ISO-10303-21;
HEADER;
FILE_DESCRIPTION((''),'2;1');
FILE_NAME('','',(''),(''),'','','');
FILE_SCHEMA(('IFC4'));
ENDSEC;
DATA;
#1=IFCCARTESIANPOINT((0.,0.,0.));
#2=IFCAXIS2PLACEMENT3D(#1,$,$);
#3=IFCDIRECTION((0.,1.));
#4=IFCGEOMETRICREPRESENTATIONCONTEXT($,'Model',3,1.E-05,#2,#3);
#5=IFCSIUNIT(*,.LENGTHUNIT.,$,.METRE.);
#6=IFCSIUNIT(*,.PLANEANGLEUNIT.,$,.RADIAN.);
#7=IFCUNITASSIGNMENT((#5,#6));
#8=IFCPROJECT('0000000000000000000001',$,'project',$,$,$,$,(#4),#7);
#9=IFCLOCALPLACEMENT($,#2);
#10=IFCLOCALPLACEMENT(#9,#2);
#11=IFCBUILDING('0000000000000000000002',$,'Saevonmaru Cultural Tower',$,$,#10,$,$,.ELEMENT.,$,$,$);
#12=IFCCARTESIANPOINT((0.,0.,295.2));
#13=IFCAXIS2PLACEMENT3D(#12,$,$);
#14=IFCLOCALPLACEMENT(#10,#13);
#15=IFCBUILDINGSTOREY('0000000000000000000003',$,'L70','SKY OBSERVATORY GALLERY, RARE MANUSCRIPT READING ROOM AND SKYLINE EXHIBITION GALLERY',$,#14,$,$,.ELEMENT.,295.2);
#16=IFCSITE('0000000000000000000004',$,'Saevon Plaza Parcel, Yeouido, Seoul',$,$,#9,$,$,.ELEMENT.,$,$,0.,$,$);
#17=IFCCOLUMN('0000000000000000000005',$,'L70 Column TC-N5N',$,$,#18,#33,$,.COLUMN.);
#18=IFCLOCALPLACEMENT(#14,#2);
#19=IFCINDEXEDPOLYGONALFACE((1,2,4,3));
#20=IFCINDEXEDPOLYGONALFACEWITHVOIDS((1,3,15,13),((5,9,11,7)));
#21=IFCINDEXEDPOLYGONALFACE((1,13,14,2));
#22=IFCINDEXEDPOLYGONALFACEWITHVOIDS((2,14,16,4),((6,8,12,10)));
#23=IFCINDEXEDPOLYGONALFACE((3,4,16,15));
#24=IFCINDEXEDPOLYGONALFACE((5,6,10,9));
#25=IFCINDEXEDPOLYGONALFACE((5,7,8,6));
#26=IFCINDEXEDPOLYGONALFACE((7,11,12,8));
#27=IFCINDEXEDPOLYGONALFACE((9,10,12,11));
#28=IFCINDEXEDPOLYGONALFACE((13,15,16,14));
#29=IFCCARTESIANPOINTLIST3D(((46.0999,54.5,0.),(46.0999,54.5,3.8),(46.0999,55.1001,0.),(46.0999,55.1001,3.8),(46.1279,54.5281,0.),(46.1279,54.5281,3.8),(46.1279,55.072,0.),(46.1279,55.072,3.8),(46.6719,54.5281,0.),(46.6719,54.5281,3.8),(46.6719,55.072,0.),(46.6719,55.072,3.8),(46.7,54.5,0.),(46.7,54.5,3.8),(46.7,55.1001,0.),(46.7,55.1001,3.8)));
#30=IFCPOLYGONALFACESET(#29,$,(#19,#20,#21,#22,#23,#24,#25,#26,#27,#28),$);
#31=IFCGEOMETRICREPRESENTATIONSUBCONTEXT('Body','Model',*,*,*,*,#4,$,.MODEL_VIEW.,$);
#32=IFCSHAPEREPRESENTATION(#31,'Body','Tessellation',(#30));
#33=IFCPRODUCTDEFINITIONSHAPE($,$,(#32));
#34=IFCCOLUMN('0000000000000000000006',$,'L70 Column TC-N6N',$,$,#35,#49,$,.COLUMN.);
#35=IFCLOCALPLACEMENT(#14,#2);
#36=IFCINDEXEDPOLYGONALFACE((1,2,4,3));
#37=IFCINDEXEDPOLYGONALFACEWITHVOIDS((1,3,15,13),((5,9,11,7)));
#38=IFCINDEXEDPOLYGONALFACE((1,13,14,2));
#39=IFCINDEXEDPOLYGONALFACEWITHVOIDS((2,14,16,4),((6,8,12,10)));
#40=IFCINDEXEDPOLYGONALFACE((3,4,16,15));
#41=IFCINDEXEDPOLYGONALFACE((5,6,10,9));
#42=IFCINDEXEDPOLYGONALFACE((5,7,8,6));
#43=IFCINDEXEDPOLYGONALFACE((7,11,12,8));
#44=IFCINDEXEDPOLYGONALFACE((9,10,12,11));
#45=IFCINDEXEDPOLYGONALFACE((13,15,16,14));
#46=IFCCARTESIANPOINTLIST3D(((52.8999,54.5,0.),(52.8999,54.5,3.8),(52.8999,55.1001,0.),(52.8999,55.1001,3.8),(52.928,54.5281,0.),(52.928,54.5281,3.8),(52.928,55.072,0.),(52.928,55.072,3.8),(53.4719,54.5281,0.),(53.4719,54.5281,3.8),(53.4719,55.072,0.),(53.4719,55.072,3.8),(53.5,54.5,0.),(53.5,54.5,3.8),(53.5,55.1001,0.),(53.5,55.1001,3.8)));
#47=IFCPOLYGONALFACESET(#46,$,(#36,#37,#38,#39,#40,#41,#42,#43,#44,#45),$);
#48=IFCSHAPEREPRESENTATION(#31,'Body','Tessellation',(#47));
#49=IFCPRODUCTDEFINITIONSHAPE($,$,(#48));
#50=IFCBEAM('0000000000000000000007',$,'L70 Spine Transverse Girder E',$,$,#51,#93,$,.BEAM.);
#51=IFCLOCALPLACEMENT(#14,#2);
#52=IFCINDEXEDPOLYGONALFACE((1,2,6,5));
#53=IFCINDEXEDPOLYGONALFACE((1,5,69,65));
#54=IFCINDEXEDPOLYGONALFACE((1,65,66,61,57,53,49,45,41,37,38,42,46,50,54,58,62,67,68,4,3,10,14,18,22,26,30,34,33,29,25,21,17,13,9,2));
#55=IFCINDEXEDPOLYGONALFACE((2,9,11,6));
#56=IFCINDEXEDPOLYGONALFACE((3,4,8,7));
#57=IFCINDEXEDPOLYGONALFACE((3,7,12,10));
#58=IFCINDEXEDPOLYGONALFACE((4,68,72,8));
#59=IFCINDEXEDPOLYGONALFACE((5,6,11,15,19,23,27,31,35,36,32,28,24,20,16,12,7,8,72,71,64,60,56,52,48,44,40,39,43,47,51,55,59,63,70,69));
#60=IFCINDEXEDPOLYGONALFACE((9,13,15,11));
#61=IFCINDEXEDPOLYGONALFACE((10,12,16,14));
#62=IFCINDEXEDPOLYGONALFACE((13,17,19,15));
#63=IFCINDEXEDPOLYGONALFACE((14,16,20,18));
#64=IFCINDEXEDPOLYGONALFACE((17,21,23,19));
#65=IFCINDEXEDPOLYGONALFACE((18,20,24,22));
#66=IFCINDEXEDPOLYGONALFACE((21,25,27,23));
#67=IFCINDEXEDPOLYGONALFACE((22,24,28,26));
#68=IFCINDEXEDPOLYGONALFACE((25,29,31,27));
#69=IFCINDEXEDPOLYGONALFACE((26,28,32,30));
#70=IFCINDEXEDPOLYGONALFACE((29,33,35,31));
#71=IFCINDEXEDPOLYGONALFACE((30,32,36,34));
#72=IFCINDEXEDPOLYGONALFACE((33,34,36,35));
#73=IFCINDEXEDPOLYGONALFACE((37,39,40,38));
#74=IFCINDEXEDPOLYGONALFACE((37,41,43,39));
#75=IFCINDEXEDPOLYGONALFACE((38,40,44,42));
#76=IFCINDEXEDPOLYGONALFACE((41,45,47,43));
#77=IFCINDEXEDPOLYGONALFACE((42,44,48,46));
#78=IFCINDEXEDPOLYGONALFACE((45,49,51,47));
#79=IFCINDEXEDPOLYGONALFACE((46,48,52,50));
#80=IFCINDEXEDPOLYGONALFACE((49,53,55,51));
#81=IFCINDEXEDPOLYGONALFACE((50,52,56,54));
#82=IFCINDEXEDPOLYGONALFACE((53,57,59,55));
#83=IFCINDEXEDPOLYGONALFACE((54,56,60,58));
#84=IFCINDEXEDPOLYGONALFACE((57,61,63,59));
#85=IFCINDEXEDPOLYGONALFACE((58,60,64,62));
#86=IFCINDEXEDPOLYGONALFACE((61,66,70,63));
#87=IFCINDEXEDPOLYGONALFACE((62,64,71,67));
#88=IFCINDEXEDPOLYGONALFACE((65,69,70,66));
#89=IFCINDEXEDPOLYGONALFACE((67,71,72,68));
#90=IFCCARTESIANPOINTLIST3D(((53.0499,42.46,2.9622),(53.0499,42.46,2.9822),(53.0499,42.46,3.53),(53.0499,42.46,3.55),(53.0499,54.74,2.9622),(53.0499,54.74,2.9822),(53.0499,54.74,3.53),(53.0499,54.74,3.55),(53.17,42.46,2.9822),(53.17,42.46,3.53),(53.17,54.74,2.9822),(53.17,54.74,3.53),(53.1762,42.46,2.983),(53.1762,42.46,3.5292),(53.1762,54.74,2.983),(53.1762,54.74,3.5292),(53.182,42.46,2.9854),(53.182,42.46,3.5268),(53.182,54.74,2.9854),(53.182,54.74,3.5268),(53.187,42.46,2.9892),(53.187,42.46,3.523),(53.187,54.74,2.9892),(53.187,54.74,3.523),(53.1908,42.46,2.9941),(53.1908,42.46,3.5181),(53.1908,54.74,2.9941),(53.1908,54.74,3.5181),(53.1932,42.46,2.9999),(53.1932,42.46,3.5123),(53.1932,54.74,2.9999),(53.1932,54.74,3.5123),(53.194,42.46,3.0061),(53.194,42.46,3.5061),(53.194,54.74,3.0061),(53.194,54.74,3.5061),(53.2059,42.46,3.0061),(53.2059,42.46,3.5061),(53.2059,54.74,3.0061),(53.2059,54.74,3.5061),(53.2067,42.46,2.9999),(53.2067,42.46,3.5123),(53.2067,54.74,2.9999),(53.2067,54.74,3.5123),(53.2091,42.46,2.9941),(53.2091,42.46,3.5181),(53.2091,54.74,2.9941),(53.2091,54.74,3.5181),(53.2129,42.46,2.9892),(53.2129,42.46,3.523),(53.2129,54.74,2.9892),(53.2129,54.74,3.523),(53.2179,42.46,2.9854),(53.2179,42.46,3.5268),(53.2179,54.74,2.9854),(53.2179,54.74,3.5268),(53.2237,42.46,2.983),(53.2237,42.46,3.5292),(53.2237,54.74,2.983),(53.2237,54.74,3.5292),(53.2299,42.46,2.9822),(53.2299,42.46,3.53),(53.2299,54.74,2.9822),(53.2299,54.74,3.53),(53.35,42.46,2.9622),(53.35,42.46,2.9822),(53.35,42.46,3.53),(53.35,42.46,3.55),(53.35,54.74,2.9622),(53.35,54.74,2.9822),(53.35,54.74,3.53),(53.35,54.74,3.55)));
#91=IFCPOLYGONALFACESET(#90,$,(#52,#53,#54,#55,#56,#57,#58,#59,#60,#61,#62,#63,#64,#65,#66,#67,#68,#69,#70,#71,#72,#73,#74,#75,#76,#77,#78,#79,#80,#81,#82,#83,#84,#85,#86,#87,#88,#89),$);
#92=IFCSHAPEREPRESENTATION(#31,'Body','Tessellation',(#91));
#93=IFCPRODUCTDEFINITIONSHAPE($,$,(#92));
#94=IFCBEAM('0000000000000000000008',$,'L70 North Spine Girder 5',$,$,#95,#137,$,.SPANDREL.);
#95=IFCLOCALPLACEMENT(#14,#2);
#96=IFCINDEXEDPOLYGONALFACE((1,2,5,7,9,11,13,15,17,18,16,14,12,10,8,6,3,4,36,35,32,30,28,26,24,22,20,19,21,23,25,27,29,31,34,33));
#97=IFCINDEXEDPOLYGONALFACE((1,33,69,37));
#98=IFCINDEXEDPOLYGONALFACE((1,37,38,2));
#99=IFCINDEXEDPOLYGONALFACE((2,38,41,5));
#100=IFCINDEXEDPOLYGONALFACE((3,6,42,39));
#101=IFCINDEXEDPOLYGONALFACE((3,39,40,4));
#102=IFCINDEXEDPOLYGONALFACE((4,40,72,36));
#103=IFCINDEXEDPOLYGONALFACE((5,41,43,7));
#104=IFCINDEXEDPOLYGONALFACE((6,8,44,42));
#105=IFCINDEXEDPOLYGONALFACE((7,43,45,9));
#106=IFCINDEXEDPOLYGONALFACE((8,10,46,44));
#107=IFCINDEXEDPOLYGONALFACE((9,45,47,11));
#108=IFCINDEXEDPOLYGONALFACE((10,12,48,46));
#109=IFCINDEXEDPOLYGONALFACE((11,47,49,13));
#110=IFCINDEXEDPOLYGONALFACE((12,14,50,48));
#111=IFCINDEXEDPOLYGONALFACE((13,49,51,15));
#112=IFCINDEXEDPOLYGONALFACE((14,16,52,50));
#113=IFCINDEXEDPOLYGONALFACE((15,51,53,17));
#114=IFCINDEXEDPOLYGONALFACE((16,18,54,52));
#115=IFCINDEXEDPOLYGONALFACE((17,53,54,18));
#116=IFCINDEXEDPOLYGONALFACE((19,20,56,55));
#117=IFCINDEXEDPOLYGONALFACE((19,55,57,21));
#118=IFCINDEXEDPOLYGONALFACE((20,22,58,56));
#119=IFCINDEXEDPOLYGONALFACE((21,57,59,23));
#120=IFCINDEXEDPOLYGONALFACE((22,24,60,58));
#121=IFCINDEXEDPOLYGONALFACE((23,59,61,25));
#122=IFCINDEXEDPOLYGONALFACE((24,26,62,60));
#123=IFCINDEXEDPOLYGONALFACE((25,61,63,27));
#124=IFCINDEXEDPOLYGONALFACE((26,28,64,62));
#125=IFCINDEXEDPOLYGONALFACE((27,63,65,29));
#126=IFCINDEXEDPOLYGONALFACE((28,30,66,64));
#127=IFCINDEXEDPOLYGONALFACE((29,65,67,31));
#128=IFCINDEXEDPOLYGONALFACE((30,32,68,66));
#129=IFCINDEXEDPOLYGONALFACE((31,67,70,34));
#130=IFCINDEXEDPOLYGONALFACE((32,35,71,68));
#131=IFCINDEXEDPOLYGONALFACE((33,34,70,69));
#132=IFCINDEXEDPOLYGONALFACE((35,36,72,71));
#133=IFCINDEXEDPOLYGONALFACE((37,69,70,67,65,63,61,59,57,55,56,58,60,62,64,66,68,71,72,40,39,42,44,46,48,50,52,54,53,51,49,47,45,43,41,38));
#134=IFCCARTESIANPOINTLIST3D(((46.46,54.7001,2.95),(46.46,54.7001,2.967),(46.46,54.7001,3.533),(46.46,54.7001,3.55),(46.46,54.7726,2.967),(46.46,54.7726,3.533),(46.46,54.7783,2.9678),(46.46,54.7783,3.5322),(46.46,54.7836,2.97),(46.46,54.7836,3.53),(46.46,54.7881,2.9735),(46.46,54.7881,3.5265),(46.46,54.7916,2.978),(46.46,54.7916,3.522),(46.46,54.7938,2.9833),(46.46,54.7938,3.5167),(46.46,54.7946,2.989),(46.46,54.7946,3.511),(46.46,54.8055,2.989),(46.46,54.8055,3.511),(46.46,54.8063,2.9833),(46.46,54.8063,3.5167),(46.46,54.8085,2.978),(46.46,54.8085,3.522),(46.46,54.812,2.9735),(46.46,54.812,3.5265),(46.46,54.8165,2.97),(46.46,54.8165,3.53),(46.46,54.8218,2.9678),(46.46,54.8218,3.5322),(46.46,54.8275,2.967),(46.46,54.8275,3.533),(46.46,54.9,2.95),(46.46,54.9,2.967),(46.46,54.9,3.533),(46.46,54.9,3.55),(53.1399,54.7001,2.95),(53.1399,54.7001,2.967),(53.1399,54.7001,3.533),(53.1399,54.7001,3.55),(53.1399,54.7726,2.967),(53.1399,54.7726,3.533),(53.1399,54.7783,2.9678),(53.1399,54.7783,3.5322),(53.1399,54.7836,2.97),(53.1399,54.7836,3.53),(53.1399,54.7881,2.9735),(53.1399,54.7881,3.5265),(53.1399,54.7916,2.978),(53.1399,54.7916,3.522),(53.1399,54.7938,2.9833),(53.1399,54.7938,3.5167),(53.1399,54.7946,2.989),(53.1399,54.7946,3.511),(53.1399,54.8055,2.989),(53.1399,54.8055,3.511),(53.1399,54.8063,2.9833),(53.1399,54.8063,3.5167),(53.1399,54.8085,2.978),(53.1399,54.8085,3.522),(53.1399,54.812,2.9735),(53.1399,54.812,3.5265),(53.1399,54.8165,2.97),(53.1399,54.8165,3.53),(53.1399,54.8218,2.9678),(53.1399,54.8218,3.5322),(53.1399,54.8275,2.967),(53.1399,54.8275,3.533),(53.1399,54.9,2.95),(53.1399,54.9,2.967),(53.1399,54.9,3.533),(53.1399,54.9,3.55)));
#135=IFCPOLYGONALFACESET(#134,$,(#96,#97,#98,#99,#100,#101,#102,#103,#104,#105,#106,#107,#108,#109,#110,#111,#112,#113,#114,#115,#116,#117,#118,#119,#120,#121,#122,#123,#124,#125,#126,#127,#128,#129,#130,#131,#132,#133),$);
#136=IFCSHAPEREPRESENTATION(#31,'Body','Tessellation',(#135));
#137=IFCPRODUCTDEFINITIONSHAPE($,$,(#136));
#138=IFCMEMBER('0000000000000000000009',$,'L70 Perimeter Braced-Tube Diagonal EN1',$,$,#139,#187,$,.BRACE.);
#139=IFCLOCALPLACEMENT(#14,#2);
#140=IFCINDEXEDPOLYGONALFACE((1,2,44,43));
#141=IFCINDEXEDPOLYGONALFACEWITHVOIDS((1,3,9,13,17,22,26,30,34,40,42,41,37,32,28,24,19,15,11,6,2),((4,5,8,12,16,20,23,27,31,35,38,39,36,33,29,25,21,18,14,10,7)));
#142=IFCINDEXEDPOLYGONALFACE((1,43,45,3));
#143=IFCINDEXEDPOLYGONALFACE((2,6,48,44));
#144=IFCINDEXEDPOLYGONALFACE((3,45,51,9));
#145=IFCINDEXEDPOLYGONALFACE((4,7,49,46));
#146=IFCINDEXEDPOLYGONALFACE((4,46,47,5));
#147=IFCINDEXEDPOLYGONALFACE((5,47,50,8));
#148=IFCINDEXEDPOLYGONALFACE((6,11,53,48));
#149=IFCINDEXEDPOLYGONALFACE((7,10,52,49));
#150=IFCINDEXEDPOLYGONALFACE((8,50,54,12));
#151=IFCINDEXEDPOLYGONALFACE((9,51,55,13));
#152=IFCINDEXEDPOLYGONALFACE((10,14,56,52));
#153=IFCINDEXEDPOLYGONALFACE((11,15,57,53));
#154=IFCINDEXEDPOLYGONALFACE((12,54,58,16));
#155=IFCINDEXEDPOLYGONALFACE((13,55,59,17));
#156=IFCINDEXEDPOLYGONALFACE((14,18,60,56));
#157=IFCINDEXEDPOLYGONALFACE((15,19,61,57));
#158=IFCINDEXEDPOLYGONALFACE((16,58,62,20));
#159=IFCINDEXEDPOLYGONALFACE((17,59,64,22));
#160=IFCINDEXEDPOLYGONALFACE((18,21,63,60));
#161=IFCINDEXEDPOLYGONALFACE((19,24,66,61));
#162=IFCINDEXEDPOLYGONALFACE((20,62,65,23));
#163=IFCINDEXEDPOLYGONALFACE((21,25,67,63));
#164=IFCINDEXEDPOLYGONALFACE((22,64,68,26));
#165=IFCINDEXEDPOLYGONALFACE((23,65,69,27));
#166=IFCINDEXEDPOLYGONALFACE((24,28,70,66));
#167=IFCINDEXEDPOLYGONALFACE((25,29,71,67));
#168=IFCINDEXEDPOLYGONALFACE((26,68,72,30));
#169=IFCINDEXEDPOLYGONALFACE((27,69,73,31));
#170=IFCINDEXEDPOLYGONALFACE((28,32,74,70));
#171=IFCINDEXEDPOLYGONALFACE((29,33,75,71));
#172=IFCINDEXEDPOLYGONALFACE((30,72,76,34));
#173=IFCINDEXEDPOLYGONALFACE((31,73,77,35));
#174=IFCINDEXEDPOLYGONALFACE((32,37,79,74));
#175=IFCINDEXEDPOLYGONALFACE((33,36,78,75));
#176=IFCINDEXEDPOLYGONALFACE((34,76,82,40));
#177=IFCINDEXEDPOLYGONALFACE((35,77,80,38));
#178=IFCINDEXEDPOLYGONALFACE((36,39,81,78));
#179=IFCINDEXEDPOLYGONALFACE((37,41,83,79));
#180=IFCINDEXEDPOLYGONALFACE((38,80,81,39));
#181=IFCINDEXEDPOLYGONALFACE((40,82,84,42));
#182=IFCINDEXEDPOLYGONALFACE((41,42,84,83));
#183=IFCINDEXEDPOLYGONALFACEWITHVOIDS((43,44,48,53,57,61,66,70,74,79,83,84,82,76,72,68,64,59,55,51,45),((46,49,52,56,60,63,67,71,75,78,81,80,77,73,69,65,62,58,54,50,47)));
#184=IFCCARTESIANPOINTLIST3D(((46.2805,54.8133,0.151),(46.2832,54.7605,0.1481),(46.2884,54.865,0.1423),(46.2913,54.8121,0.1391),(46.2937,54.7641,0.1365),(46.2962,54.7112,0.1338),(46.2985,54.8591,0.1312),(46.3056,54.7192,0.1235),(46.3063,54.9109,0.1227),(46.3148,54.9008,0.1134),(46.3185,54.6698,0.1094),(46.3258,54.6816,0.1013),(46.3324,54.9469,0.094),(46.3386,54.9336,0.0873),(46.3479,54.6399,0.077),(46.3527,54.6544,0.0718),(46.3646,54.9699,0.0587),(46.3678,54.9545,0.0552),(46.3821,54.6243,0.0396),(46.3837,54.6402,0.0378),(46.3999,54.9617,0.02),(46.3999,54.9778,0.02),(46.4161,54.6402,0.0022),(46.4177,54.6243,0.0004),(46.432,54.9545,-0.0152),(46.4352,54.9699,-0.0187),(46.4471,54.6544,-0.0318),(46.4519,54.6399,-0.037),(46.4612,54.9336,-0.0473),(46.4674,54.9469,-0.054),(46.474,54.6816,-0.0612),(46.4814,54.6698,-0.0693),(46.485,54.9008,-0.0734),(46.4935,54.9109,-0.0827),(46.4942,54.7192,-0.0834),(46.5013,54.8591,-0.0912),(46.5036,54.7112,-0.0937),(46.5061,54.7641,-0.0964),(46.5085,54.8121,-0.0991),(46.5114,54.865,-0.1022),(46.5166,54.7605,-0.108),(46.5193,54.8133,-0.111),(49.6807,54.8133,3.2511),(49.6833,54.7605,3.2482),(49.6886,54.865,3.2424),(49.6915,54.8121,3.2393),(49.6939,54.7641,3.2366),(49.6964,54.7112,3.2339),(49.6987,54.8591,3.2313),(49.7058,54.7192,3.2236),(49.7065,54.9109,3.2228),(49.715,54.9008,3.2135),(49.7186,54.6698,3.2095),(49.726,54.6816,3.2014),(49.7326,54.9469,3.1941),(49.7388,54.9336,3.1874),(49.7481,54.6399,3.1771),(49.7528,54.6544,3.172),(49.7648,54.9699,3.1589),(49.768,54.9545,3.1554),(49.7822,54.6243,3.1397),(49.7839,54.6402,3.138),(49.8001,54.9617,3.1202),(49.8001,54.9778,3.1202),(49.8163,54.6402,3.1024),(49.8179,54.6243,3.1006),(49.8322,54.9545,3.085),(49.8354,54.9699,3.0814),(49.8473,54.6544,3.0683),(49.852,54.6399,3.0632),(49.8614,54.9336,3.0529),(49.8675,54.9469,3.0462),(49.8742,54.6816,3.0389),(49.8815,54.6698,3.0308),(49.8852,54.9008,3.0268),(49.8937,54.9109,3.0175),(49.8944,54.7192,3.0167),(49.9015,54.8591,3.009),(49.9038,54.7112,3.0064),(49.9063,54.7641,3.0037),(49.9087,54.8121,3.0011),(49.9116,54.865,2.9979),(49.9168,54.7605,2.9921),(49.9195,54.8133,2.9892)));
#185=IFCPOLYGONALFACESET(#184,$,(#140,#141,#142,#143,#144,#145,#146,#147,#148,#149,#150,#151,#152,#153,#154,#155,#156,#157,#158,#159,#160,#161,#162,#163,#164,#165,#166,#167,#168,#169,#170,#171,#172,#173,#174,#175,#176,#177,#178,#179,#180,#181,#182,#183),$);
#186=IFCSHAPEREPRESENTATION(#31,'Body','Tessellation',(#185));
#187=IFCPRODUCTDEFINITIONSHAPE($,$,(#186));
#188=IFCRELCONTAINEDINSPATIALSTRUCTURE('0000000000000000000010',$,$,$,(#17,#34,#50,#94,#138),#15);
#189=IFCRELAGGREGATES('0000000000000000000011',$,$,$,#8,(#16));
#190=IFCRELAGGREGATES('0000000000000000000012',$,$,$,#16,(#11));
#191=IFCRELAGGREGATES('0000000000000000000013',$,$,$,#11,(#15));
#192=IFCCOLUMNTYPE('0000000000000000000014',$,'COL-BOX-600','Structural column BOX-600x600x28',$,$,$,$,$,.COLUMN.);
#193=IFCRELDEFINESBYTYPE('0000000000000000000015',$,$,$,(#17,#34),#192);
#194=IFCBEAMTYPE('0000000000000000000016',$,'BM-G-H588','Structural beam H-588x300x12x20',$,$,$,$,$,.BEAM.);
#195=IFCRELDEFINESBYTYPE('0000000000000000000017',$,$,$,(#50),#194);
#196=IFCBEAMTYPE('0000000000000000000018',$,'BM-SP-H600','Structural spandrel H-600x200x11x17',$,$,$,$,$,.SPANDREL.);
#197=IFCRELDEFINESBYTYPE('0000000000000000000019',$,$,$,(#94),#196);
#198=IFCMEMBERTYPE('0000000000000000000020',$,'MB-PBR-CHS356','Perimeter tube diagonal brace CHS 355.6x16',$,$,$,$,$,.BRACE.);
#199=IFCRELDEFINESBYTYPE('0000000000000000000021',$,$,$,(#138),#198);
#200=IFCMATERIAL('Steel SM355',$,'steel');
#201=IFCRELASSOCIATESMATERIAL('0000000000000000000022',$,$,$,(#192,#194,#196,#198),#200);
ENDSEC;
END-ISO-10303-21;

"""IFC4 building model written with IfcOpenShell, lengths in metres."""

from ifc_helpers import new_model, si_unit, direction, frame, origin, origin_2d, place, context, subcontext, project, spatial, hollow_rectangle, hollow_circle, i_section, extrude, material, material_profile, profile_set, type_object, element, save


model = new_model("IFC4")

# Units and contexts
model_context = context("Model", 3, precision=1e-05, world=origin(), true_north=direction((0.0, 1.0)))
body_context = subcontext(model_context, "Body", "Model", "MODEL_VIEW")
ifc_project = project(units=[si_unit("LENGTHUNIT", "METRE"), si_unit("PLANEANGLEUNIT", "RADIAN")], contexts=[model_context])

# Site, building, storey
site_placement = place(None, origin())
site = spatial("IfcSite", under=ifc_project, at=site_placement, Name="Saevon Plaza Parcel, Yeouido, Seoul", CompositionType="ELEMENT", RefElevation=0.0)
building_placement = place(site_placement, origin())
building = spatial("IfcBuilding", under=site, at=building_placement, Name="Saevonmaru Cultural Tower", CompositionType="ELEMENT")
storey_placement = place(building_placement, frame((0.0, 0.0, 295.2)))
storey = spatial("IfcBuildingStorey", under=building, at=storey_placement, Name="L70", Description="SKY OBSERVATORY GALLERY, RARE MANUSCRIPT READING ROOM AND SKYLINE EXHIBITION GALLERY", CompositionType="ELEMENT", Elevation=295.2)

# Columns
ifc_material_1 = material(Name="Steel SM355", Category="steel")
ifc_material_profile_1 = material_profile(ifc_material_1, hollow_rectangle(XDim=0.6001, YDim=0.6001, WallThickness=0.0281, at=origin_2d()), Name="BOX-600x600x28")
ifc_profile_set_1 = profile_set([ifc_material_profile_1], Name="Steel SM355")
column_type = type_object("IfcColumnType", Name="COL-BOX-600", Description="Structural column BOX-600x600x28", PredefinedType="COLUMN", material=ifc_profile_set_1)
for number, where, z_axis, x_axis, name in (
    (1, (46.3999, 54.8, 0.0), (0.0, 0.0, 1.0), (1.0, 0.0, 0.0), "L70 Column TC-N5N"),
    (2, (53.2, 54.8, 0.0), (0.0, 0.0, 1.0), (1.0, 0.0, 0.0), "L70 Column TC-N6N"),
):
    element("IfcColumn", number, at=place(storey_placement, frame(where, z_axis=z_axis, x_axis=x_axis)), inside=storey, type_object=column_type, Name=name, PredefinedType="COLUMN", context=body_context, shape_type="SweptSolid", body=[
        extrude(hollow_rectangle(XDim=0.6001, YDim=0.6001, WallThickness=0.0281, at=origin_2d()), origin(), (0.0, 0.0, 1.0), 3.8),
    ])

# Beams
ifc_material_profile_2 = material_profile(ifc_material_1, i_section(OverallWidth=0.3, OverallDepth=0.5879, WebThickness=0.012, FlangeThickness=0.02, FilletRadius=0.0239, at=origin_2d()), Name="H-588x300x12x20")
ifc_profile_set_2 = profile_set([ifc_material_profile_2], Name="Steel SM355")
beam_type_1 = type_object("IfcBeamType", Name="BM-G-H588", Description="Structural beam H-588x300x12x20", PredefinedType="BEAM", material=ifc_profile_set_2)
beam_1_placement = place(storey_placement, frame((53.2, 54.74, 3.2561), z_axis=(0.0, -1.0, 0.0), x_axis=(1.0, 0.0, 0.0)))
element("IfcBeam", 3, at=beam_1_placement, inside=storey, type_object=beam_type_1, Name="L70 Spine Transverse Girder E", PredefinedType="BEAM", context=body_context, shape_type="SweptSolid", body=[
    extrude(i_section(OverallWidth=0.3, OverallDepth=0.5879, WebThickness=0.012, FlangeThickness=0.02, FilletRadius=0.0239, at=origin_2d()), origin(), (0.0, 0.0, 1.0), 12.28),
])
ifc_material_profile_3 = material_profile(ifc_material_1, i_section(OverallWidth=0.2, OverallDepth=0.6001, WebThickness=0.011, FlangeThickness=0.0171, FilletRadius=0.022, at=origin_2d()), Name="H-600x200x11x17")
ifc_profile_set_3 = profile_set([ifc_material_profile_3], Name="Steel SM355")
beam_type_2 = type_object("IfcBeamType", Name="BM-SP-H600", Description="Structural spandrel H-600x200x11x17", PredefinedType="SPANDREL", material=ifc_profile_set_3)
beam_2_placement = place(storey_placement, frame((46.46, 54.8, 3.25), z_axis=(1.0, 0.0, 0.0), x_axis=(0.0, 1.0, 0.0)))
element("IfcBeam", 4, at=beam_2_placement, inside=storey, type_object=beam_type_2, Name="L70 North Spine Girder 5", PredefinedType="SPANDREL", context=body_context, shape_type="SweptSolid", body=[
    extrude(i_section(OverallWidth=0.2, OverallDepth=0.6001, WebThickness=0.011, FlangeThickness=0.0171, FilletRadius=0.022, at=origin_2d()), origin(), (0.0, 0.0, 1.0), 6.6799),
])

# Member
ifc_material_profile_4 = material_profile(ifc_material_1, hollow_circle(Radius=0.1777, WallThickness=0.0161, at=origin_2d()), Name="CHS-355.6x16")
ifc_profile_set_4 = profile_set([ifc_material_profile_4], Name="Steel SM355")
member_type_1 = type_object("IfcMemberType", Name="MB-PBR-CHS356", Description="Perimeter tube diagonal brace CHS 355.6x16", PredefinedType="BRACE", material=ifc_profile_set_4)
member_1_placement = place(storey_placement, frame((46.3999, 54.8, 0.02), z_axis=(0.73896, 0.0, 0.67375), x_axis=(0.0, 1.0, 0.0)))
element("IfcMember", 5, at=member_1_placement, inside=storey, type_object=member_type_1, Name="L70 Perimeter Braced-Tube Diagonal EN1", PredefinedType="BRACE", context=body_context, shape_type="SweptSolid", body=[
    extrude(hollow_circle(Radius=0.1777, WallThickness=0.0161, at=origin_2d()), origin(), (0.0, 0.0, 1.0), 4.6013),
])

save(model, "model.ifc")
